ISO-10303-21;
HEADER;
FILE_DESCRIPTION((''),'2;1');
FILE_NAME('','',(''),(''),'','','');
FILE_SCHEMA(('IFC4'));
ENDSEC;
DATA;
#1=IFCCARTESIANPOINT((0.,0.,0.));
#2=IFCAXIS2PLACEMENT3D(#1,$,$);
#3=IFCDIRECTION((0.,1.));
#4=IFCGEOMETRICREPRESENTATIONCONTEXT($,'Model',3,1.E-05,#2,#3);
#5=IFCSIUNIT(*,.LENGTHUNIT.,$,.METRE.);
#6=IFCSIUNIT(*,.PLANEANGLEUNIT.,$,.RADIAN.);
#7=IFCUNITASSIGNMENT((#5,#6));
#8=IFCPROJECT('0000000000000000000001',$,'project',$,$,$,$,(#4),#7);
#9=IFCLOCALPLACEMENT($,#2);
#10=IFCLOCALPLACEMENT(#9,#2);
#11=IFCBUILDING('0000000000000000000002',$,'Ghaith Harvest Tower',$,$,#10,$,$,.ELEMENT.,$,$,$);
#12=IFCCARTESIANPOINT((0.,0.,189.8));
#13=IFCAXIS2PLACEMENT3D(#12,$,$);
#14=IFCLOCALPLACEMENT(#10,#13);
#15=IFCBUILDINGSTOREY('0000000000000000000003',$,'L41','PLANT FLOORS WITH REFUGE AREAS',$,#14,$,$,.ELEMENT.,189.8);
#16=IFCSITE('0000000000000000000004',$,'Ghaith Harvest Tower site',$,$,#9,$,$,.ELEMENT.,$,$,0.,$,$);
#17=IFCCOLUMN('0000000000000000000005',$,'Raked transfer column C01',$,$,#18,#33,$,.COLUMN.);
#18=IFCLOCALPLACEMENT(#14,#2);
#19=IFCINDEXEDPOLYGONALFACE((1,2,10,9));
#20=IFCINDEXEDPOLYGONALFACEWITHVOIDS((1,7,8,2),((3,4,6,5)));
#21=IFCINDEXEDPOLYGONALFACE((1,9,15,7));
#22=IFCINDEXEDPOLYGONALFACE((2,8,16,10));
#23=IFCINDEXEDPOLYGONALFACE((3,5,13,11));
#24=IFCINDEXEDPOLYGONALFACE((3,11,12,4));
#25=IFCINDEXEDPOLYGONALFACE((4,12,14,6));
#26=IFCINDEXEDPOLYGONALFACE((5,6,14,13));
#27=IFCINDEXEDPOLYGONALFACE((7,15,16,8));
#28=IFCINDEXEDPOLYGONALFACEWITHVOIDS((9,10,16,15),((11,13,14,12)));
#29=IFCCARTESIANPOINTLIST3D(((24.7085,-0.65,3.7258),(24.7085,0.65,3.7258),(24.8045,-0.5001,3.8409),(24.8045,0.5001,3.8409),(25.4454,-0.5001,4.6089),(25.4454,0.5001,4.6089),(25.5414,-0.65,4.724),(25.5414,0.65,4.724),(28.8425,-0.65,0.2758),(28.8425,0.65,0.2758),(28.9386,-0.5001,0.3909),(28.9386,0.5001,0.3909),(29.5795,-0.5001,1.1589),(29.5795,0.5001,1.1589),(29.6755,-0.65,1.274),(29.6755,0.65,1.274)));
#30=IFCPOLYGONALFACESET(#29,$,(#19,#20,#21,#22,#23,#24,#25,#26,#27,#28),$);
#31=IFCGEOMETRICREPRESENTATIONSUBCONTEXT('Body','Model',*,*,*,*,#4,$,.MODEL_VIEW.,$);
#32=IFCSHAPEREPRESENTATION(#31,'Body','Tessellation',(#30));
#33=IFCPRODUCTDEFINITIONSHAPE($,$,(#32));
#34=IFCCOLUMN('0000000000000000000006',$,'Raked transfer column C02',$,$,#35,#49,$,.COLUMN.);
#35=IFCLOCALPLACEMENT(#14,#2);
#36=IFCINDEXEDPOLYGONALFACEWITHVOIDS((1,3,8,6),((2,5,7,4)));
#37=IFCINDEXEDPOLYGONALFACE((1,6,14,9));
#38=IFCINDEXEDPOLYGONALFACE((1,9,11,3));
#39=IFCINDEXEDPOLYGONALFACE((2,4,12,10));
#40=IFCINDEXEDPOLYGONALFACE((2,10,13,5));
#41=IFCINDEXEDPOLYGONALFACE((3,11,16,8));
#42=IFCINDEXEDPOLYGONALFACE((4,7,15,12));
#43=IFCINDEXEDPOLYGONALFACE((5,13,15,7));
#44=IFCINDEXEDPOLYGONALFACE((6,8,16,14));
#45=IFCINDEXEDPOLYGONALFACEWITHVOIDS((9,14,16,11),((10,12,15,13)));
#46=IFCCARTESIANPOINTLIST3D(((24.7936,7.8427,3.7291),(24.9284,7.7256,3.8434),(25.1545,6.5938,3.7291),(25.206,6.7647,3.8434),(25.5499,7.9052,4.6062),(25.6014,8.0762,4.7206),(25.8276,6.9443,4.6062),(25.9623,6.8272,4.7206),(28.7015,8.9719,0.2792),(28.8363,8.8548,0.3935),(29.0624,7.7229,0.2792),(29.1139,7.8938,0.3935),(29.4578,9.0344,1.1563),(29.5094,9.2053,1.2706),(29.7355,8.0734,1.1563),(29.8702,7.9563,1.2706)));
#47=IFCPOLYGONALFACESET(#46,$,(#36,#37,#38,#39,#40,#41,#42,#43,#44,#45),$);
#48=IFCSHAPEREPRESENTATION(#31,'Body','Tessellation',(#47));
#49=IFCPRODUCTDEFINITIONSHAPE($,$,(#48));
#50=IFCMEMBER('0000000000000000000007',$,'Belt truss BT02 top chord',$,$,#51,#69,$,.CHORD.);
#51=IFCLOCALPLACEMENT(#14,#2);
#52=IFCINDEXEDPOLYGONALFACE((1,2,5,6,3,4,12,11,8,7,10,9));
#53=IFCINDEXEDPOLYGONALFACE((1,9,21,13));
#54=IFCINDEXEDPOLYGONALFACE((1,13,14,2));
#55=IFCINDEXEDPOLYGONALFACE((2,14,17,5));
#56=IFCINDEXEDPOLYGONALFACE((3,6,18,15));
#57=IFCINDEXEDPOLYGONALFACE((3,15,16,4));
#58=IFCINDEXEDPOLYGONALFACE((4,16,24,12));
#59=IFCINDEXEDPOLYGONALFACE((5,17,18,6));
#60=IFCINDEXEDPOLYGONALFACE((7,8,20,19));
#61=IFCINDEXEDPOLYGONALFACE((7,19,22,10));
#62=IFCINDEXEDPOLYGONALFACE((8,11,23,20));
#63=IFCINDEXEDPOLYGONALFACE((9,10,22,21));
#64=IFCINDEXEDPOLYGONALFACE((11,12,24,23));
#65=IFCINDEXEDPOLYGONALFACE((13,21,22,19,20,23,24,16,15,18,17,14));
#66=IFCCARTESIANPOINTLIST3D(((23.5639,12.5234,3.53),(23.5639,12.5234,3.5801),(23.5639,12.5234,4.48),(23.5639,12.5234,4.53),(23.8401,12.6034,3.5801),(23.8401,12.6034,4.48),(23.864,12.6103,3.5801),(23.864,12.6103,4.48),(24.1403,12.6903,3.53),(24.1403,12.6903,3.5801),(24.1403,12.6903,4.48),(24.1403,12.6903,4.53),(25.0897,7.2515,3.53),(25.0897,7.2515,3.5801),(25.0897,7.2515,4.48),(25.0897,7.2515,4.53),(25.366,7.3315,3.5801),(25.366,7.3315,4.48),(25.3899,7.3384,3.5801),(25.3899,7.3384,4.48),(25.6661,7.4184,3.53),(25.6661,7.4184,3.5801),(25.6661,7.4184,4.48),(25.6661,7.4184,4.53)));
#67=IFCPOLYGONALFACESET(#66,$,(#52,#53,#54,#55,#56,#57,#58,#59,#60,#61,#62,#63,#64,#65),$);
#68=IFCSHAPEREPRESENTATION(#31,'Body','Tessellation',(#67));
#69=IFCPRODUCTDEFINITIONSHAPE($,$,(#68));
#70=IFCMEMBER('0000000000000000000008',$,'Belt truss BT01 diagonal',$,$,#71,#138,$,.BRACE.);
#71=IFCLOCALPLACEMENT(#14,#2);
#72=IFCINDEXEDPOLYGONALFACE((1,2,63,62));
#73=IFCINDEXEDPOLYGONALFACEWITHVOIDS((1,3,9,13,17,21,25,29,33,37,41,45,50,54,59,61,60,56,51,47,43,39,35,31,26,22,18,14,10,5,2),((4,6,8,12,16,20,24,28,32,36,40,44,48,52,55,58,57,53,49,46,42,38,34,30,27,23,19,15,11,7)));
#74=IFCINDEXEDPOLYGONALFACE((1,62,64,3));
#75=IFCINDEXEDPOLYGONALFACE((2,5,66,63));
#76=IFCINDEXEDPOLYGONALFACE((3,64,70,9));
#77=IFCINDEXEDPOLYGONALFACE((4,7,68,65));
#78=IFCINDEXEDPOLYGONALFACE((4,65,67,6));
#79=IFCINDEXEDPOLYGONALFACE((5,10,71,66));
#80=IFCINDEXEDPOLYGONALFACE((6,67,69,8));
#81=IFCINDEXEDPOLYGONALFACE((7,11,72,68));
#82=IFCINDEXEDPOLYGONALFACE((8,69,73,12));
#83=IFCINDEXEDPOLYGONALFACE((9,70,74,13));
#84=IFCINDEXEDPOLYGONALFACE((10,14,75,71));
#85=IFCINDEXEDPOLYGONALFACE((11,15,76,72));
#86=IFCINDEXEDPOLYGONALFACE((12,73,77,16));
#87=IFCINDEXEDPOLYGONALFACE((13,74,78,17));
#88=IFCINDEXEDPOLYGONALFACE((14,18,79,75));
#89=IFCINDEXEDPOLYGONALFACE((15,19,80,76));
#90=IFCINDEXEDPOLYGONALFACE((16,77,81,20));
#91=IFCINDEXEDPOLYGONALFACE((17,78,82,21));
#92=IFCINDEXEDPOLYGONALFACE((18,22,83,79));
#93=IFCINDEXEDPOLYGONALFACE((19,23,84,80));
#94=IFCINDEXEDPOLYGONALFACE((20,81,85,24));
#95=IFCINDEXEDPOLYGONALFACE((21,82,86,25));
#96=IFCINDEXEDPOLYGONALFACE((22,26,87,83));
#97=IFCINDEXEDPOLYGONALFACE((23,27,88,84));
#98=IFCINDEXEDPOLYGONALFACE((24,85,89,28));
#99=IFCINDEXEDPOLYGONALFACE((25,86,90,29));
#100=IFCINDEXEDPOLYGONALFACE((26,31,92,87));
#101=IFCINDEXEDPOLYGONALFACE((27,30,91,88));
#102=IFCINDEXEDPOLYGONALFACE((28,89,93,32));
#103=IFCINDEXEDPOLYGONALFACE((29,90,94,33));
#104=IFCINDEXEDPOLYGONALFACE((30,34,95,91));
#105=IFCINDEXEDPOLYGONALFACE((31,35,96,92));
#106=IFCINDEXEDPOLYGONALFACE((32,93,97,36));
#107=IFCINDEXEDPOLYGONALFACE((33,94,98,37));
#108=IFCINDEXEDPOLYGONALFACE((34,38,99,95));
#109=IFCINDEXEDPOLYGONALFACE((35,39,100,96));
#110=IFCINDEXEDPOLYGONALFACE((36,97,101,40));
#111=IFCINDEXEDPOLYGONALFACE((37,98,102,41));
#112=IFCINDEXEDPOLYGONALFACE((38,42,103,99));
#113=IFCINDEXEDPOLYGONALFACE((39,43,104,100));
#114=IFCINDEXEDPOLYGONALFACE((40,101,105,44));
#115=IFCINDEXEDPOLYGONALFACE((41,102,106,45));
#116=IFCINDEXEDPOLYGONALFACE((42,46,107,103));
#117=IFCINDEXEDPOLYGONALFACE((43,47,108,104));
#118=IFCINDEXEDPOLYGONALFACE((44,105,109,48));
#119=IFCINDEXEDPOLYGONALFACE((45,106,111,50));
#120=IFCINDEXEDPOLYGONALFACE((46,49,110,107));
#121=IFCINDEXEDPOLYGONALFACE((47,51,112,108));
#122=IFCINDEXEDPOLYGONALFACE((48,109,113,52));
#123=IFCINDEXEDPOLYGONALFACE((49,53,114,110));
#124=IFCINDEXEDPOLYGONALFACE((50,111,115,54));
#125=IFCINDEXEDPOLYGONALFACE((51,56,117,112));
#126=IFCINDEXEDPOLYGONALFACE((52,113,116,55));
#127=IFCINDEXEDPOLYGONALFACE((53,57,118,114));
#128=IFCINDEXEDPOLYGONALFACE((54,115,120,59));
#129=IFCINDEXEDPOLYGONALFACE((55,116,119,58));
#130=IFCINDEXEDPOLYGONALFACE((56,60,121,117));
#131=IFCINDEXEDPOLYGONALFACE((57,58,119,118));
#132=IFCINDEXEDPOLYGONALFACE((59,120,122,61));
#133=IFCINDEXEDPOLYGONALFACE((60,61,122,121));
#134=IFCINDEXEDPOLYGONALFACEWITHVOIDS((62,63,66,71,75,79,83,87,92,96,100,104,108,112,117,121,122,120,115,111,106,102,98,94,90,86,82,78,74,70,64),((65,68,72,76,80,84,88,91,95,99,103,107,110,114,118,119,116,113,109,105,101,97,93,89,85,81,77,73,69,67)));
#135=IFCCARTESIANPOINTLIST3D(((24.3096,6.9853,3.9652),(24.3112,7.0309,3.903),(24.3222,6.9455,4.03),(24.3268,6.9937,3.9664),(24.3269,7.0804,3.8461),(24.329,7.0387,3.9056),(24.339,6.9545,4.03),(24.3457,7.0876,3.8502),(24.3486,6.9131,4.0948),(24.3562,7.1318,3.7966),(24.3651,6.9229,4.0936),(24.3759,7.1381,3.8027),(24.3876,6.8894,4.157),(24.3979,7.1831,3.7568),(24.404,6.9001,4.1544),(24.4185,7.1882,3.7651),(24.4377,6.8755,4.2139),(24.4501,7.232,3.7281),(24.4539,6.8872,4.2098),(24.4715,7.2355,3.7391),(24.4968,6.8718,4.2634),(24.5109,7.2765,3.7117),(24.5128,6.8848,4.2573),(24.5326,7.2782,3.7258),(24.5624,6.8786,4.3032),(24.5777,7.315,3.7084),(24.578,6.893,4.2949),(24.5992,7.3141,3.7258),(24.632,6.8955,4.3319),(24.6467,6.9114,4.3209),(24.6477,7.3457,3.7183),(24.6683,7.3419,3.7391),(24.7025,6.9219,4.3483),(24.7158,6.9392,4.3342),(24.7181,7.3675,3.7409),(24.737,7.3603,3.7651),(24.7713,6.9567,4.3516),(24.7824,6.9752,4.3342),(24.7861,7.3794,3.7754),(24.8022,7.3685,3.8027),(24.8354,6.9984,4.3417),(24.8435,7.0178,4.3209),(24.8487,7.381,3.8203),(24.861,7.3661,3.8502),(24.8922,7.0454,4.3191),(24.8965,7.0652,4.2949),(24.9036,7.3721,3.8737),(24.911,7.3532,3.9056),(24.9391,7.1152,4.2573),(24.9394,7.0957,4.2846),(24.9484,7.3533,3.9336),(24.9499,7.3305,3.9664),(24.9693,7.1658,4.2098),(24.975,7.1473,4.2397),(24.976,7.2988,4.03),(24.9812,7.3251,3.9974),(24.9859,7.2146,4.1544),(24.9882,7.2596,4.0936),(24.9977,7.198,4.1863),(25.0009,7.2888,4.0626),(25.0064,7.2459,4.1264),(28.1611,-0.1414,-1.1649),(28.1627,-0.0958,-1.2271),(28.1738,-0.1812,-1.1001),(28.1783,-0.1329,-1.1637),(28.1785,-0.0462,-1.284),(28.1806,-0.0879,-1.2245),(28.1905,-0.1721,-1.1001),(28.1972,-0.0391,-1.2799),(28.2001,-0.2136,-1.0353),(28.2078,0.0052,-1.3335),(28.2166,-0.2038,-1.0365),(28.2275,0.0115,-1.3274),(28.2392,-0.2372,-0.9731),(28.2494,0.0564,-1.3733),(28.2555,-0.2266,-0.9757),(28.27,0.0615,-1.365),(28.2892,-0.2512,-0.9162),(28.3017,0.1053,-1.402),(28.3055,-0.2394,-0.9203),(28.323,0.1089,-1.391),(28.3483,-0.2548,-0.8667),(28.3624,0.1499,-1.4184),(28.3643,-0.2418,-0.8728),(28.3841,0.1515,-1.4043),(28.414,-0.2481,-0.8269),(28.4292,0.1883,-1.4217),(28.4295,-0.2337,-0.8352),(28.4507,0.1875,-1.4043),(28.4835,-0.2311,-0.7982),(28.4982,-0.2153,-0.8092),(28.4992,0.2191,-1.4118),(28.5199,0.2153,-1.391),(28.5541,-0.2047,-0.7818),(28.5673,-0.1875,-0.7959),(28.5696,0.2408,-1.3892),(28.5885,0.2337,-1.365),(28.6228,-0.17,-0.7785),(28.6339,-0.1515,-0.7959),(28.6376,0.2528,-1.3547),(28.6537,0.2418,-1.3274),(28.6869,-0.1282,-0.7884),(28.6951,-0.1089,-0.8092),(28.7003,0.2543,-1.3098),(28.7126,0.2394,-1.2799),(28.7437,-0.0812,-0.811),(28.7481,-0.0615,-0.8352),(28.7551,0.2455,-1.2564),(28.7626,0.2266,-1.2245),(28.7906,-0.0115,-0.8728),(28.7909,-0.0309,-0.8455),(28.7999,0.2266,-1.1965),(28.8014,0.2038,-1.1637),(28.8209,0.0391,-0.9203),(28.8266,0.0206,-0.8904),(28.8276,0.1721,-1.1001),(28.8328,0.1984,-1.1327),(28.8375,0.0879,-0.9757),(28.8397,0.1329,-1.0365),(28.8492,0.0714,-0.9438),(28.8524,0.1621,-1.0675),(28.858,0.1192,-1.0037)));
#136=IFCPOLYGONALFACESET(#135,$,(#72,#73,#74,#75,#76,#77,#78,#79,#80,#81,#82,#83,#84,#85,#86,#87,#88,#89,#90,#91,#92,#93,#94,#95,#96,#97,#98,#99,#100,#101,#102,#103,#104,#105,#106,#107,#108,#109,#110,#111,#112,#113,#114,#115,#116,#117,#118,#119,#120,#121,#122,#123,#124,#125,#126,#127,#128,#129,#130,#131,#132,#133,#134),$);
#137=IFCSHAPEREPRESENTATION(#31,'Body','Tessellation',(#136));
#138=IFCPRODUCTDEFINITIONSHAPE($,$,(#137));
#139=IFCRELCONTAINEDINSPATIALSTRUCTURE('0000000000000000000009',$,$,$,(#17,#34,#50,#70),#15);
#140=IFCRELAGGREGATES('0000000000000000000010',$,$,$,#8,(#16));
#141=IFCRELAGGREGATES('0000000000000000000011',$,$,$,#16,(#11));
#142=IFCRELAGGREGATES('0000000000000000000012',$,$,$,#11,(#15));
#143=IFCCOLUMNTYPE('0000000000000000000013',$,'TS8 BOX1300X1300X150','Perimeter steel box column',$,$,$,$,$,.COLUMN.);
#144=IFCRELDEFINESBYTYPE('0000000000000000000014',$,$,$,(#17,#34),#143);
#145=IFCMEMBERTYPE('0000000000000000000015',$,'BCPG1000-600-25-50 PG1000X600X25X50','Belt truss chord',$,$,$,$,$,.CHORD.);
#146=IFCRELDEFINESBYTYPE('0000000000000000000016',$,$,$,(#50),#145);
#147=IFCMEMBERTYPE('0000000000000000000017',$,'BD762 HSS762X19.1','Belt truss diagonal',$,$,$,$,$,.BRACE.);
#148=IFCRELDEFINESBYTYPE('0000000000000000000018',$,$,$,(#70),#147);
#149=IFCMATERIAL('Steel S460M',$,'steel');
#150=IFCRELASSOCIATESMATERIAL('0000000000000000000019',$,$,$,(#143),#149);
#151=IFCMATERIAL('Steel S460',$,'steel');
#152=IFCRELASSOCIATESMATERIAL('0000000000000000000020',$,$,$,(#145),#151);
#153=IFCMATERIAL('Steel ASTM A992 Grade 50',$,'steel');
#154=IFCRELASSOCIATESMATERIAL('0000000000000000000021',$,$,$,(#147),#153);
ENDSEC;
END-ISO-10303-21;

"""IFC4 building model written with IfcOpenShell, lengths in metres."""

from ifc_helpers import new_model, si_unit, direction, frame, origin, origin_2d, place, context, subcontext, project, spatial, hollow_rectangle, hollow_circle, i_section, extrude, material, material_profile, profile_set, type_object, element, save


model = new_model("IFC4")

# Units and contexts
model_context = context("Model", 3, precision=1e-05, world=origin(), true_north=direction((0.0, 1.0)))
body_context = subcontext(model_context, "Body", "Model", "MODEL_VIEW")
ifc_project = project(units=[si_unit("LENGTHUNIT", "METRE"), si_unit("PLANEANGLEUNIT", "RADIAN")], contexts=[model_context])

# Site, building, storey
site_placement = place(None, origin())
site = spatial("IfcSite", under=ifc_project, at=site_placement, Name="Ghaith Harvest Tower site", CompositionType="ELEMENT", RefElevation=0.0)
building_placement = place(site_placement, origin())
building = spatial("IfcBuilding", under=site, at=building_placement, Name="Ghaith Harvest Tower", CompositionType="ELEMENT")
storey_placement = place(building_placement, frame((0.0, 0.0, 189.8)))
storey = spatial("IfcBuildingStorey", under=building, at=storey_placement, Name="L41", Description="PLANT FLOORS WITH REFUGE AREAS", CompositionType="ELEMENT", Elevation=189.8)

# Columns
ifc_material_1 = material(Name="Steel S460M", Category="steel")
ifc_material_profile_1 = material_profile(ifc_material_1, hollow_rectangle(XDim=1.3, YDim=1.3, WallThickness=0.1499, at=origin_2d()), Name="BOX1300X1300X150")
ifc_profile_set_1 = profile_set([ifc_material_profile_1], Name="Steel S460M")
column_type = type_object("IfcColumnType", Name="TS8 BOX1300X1300X150", Description="Perimeter steel box column", PredefinedType="COLUMN", material=ifc_profile_set_1)
column_1_placement = place(storey_placement, frame((29.259, 0.0, 0.7749), z_axis=(-0.767771, 0.0, 0.640724), x_axis=(0.0, -1.0, 0.0)))
element("IfcColumn", 1, at=column_1_placement, inside=storey, type_object=column_type, Name="Raked transfer column C01", PredefinedType="COLUMN", context=body_context, shape_type="SweptSolid", body=[
    extrude(hollow_rectangle(XDim=1.3, YDim=1.3, WallThickness=0.1499, at=origin_2d()), origin(), (0.0, 0.0, 1.0), 5.3845),
])
column_2_placement = place(storey_placement, frame((29.2859, 8.4641, 0.7749), z_axis=(-0.73268, -0.211698, 0.646811), x_axis=(0.277582, -0.960702, 0.0)))
element("IfcColumn", 2, at=column_2_placement, inside=storey, type_object=column_type, Name="Raked transfer column C02", PredefinedType="COLUMN", context=body_context, shape_type="SweptSolid", body=[
    extrude(hollow_rectangle(XDim=1.3, YDim=1.3, WallThickness=0.1499, at=origin_2d()), origin(), (0.0, 0.0, 1.0), 5.3337),
])

# Members
ifc_material_2 = material(Name="Steel S460", Category="steel")
ifc_material_profile_2 = material_profile(ifc_material_2, i_section(OverallWidth=0.6001, OverallDepth=1.0, WebThickness=0.0249, FlangeThickness=0.05, at=origin_2d()), Name="PG1000X600X25X50")
ifc_profile_set_2 = profile_set([ifc_material_profile_2], Name="Steel S460")
member_type_1 = type_object("IfcMemberType", Name="BCPG1000-600-25-50 PG1000X600X25X50", Description="Belt truss chord", PredefinedType="CHORD", material=ifc_profile_set_2)
member_1_placement = place(storey_placement, frame((25.3779, 7.335, 4.03), z_axis=(-0.278021, 0.960575, 0.0), x_axis=(-0.960575, -0.278021, 0.0)))
element("IfcMember", 3, at=member_1_placement, inside=storey, type_object=member_type_1, Name="Belt truss BT02 top chord", PredefinedType="CHORD", context=body_context, shape_type="SweptSolid", body=[
    extrude(i_section(OverallWidth=0.6001, OverallDepth=1.0, WebThickness=0.0249, FlangeThickness=0.05, at=origin_2d()), origin(), (0.0, 0.0, 1.0), 5.4883),
])
ifc_material_3 = material(Name="Steel ASTM A992 Grade 50", Category="steel")
ifc_material_profile_3 = material_profile(ifc_material_3, hollow_circle(Radius=0.3811, WallThickness=0.019, at=origin_2d()), Name="HSS762X19.1")
ifc_profile_set_3 = profile_set([ifc_material_profile_3], Name="Steel ASTM A992 Grade 50")
member_type_2 = type_object("IfcMemberType", Name="BD762 HSS762X19.1", Description="Belt truss diagonal", PredefinedType="BRACE", material=ifc_profile_set_3)
member_2_placement = place(storey_placement, frame((28.509, 0.0, -1.1001), z_axis=(-0.401678, 0.743242, 0.535019), x_axis=(-0.879743, -0.475449, 0.0)))
element("IfcMember", 4, at=member_2_placement, inside=storey, type_object=member_type_2, Name="Belt truss BT01 diagonal", PredefinedType="BRACE", context=body_context, shape_type="SweptSolid", body=[
    extrude(hollow_circle(Radius=0.3811, WallThickness=0.019, at=origin_2d()), origin(), (0.0, 0.0, 1.0), 9.5886),
])

save(model, "model.ifc")
